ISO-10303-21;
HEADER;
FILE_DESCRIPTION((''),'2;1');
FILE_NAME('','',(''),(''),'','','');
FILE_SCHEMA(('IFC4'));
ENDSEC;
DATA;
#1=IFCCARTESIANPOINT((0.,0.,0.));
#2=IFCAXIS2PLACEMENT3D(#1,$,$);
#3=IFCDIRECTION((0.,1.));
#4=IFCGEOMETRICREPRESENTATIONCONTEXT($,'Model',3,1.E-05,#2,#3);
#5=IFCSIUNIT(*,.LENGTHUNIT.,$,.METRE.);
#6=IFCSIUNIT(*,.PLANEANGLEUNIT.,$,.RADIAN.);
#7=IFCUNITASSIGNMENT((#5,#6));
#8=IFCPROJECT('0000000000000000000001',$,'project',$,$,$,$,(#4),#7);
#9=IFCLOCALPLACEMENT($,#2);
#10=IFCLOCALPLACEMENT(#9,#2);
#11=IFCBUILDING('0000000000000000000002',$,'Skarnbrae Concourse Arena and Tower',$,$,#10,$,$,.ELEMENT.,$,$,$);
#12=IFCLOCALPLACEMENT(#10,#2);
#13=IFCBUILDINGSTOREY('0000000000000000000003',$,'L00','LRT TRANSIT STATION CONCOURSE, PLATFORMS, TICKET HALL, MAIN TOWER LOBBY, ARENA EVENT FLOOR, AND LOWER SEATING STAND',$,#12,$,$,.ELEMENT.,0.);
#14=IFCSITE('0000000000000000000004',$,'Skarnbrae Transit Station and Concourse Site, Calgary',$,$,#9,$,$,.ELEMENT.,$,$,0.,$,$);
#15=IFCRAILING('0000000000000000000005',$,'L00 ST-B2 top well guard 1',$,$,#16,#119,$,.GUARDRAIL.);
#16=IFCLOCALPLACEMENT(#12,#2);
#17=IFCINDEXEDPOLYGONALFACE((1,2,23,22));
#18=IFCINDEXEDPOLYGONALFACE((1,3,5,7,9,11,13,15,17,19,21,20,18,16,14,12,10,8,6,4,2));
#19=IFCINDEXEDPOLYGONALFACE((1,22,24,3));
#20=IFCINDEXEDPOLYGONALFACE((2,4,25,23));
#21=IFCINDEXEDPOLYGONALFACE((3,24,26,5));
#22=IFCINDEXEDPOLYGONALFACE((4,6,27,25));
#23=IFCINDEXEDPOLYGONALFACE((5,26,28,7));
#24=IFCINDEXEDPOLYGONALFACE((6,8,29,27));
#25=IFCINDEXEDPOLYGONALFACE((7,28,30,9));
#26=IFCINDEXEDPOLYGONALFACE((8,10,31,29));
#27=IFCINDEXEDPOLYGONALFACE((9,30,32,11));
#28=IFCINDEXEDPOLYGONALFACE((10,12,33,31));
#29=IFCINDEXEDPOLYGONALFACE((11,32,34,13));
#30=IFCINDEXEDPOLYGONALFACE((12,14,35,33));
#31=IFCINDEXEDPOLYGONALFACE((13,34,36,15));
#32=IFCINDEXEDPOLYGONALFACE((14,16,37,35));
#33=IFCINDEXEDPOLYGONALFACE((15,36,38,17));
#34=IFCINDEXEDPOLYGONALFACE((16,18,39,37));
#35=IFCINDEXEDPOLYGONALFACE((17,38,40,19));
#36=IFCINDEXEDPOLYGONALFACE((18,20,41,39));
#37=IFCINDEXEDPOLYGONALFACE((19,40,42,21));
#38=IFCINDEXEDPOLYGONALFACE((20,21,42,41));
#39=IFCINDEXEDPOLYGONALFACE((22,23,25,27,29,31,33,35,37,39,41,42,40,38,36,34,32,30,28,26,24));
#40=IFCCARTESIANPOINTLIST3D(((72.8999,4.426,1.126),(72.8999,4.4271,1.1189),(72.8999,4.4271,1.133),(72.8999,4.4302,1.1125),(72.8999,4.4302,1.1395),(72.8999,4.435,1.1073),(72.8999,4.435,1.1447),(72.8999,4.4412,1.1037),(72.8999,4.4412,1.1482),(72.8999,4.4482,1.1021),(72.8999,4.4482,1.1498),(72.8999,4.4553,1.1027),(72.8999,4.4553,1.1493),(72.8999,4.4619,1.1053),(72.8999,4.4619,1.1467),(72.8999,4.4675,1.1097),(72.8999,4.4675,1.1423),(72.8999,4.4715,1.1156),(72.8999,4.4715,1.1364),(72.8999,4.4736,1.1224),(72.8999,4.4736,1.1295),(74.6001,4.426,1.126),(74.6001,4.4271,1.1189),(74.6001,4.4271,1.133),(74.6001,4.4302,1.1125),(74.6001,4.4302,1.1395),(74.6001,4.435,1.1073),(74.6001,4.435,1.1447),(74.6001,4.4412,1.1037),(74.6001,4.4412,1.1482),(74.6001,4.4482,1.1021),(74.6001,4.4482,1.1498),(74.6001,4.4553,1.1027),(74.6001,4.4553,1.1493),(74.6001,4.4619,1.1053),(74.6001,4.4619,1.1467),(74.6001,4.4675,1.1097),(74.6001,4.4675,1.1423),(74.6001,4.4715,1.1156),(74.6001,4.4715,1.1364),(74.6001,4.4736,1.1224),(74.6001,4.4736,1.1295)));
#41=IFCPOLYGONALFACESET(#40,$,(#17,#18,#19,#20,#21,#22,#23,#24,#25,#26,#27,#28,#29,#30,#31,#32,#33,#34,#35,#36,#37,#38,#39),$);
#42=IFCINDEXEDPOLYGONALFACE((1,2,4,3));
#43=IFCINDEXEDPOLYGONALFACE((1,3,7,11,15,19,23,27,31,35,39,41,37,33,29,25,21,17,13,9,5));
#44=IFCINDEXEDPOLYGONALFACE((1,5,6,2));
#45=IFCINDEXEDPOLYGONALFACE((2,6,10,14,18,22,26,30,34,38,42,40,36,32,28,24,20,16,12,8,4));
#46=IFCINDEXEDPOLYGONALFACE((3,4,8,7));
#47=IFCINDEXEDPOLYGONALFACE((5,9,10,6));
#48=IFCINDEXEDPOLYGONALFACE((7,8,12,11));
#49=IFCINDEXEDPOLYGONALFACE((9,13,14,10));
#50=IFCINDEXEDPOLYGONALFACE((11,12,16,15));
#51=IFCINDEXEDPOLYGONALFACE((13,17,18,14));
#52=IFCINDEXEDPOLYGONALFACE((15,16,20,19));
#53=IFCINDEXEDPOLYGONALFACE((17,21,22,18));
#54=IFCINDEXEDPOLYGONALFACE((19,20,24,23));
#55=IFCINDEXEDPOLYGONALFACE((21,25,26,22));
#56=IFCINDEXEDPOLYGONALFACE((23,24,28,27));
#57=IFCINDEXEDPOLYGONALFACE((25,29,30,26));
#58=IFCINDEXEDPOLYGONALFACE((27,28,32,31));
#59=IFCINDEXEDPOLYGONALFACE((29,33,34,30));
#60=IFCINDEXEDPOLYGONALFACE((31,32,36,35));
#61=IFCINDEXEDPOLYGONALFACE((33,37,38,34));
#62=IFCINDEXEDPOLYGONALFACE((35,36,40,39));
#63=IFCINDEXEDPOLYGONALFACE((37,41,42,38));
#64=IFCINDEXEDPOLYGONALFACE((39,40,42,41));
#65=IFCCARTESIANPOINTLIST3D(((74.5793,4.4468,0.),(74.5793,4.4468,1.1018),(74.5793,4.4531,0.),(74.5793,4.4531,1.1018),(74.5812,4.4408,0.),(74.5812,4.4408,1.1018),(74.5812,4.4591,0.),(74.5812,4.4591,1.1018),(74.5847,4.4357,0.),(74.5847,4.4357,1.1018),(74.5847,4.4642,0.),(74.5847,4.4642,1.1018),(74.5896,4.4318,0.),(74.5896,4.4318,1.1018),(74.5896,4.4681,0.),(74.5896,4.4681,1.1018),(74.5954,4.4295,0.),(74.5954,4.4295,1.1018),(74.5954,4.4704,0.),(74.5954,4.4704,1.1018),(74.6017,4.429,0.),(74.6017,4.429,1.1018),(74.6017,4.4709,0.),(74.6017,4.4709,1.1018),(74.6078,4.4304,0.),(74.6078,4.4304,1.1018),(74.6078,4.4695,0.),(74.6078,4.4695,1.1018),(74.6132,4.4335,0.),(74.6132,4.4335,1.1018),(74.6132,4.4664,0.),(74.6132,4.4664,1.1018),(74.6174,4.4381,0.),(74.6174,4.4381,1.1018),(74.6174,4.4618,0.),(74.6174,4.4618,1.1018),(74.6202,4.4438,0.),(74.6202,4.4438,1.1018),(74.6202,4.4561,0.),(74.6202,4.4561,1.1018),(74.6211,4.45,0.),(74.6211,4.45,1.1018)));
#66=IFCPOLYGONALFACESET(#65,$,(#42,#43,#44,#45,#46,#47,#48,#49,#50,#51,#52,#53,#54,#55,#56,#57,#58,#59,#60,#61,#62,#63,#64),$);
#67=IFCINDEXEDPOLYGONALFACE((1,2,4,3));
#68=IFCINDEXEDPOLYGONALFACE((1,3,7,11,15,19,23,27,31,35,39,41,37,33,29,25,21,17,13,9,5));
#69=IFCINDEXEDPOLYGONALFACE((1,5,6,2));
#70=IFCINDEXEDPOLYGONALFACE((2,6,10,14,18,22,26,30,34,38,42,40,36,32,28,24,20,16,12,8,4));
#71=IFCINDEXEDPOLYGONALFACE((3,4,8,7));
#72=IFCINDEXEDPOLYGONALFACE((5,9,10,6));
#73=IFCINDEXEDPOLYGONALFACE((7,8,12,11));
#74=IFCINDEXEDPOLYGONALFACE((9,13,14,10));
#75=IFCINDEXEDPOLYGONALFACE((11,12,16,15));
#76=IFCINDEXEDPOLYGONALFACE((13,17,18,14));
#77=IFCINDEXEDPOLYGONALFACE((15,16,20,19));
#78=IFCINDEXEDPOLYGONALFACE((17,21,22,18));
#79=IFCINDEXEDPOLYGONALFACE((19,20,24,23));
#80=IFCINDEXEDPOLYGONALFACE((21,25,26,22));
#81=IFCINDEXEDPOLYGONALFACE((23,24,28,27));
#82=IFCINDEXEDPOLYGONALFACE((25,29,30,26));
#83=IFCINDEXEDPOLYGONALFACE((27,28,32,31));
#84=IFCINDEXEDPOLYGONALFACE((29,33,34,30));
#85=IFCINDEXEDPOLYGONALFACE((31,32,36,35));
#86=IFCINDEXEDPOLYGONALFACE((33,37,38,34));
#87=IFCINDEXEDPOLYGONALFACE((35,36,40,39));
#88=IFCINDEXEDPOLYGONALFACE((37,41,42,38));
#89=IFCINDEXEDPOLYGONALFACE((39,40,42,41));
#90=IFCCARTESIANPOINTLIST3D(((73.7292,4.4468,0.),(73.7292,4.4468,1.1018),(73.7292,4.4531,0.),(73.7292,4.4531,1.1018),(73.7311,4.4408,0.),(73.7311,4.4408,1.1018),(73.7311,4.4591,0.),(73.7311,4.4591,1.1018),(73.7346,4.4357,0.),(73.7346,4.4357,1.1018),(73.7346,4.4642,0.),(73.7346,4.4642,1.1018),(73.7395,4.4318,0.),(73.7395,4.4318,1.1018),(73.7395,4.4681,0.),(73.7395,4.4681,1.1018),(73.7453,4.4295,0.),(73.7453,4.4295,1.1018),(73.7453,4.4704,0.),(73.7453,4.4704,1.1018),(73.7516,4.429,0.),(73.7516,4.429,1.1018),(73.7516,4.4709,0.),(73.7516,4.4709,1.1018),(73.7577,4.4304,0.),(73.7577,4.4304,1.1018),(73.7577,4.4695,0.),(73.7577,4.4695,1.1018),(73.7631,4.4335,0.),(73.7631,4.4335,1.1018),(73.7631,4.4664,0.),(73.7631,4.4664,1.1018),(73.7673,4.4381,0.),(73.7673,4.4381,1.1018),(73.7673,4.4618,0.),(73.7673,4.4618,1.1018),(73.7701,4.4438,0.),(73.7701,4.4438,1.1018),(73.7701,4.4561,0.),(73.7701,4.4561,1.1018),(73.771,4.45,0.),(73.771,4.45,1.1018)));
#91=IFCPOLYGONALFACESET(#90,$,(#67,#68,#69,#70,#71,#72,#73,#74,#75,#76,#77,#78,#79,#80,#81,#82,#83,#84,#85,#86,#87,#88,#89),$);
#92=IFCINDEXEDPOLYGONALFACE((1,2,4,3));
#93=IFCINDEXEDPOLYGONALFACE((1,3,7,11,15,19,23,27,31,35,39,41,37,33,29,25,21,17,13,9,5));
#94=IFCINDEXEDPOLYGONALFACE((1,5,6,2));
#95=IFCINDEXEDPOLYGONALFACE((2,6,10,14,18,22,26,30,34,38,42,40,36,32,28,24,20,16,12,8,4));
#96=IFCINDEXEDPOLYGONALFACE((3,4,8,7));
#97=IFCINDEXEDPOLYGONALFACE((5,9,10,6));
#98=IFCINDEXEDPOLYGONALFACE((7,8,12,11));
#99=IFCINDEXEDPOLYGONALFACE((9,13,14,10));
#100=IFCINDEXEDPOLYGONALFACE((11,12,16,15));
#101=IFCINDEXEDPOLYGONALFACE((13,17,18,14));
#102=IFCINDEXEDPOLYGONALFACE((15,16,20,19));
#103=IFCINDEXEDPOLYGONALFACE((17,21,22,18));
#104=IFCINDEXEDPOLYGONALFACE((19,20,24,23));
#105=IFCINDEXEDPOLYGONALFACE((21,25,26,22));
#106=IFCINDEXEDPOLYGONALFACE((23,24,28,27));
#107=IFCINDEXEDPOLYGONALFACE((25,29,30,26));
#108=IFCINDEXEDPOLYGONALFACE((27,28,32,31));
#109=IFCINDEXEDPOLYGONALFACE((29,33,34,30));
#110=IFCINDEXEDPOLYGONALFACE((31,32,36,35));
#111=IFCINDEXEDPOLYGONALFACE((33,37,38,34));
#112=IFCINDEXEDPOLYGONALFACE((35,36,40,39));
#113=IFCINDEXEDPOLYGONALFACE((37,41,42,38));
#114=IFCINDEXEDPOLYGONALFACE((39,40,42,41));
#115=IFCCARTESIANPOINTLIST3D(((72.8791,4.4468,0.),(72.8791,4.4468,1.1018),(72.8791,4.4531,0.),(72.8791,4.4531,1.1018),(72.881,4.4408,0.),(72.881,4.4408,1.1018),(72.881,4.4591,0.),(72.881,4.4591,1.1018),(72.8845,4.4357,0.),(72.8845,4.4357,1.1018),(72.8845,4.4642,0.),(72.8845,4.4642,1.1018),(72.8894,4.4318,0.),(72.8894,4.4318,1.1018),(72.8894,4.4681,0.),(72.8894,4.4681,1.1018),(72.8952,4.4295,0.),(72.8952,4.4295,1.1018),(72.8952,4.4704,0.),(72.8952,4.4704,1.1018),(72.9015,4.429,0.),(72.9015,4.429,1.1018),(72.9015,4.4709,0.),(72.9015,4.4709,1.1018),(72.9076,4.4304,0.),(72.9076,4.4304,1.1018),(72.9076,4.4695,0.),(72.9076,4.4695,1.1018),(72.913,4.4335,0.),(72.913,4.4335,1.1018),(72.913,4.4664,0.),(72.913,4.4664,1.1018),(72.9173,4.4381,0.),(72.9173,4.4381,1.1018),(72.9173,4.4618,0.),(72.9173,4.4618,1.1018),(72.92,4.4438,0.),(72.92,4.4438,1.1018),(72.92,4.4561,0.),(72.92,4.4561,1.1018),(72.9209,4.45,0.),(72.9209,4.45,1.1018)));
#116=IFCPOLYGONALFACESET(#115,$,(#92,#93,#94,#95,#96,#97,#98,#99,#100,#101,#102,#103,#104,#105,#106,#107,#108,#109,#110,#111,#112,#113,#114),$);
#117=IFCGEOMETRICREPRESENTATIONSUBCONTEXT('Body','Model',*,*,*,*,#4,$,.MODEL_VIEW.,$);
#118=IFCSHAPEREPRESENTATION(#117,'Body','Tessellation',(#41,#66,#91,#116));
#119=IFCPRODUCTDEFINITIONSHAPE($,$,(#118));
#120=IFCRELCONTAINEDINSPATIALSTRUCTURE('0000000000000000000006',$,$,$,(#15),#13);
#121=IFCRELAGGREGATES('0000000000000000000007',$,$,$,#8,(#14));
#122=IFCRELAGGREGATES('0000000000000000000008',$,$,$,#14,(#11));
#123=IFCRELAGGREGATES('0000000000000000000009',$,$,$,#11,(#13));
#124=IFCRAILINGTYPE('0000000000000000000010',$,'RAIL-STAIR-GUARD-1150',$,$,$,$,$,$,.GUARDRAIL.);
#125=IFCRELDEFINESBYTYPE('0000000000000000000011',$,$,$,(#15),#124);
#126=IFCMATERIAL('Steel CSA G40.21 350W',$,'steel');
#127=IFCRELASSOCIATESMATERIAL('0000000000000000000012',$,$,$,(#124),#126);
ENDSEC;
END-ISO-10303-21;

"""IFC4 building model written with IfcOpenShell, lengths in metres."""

from ifc_helpers import new_model, si_unit, direction, frame, origin, origin_2d, place, context, subcontext, project, spatial, circle, extrude, material, type_object, element, save


model = new_model("IFC4")

# Units and contexts
model_context = context("Model", 3, precision=1e-05, world=origin(), true_north=direction((0.0, 1.0)))
body_context = subcontext(model_context, "Body", "Model", "MODEL_VIEW")
ifc_project = project(units=[si_unit("LENGTHUNIT", "METRE"), si_unit("PLANEANGLEUNIT", "RADIAN")], contexts=[model_context])

# Site, building, storey
site_placement = place(None, origin())
site = spatial("IfcSite", under=ifc_project, at=site_placement, Name="Skarnbrae Transit Station and Concourse Site, Calgary", CompositionType="ELEMENT", RefElevation=0.0)
building_placement = place(site_placement, origin())
building = spatial("IfcBuilding", under=site, at=building_placement, Name="Skarnbrae Concourse Arena and Tower", CompositionType="ELEMENT")
storey_placement = place(building_placement, origin())
storey = spatial("IfcBuildingStorey", under=building, at=storey_placement, Name="L00", Description="LRT TRANSIT STATION CONCOURSE, PLATFORMS, TICKET HALL, MAIN TOWER LOBBY, ARENA EVENT FLOOR, AND LOWER SEATING STAND", CompositionType="ELEMENT", Elevation=0.0)

# Shared definitions
ifc_material_1 = material(Name="Steel CSA G40.21 350W", Category="steel")

# Railing
railing_type_1 = type_object("IfcRailingType", Name="RAIL-STAIR-GUARD-1150", PredefinedType="GUARDRAIL", material=ifc_material_1)
for number, where, name in (
    (1, (74.6001, 4.45, 0.0), "L00 ST-B2 top well guard 1"),
):
    element("IfcRailing", number, at=place(storey_placement, frame(where)), inside=storey, type_object=railing_type_1, Name=name, PredefinedType="GUARDRAIL", context=body_context, shape_type="SweptSolid", body=[
        extrude(circle(Radius=0.0239, at=origin_2d()), frame((0.0, 0.0, 1.126), z_axis=(-1.0, 0.0, 0.0), x_axis=(0.0, -1.0, 0.0)), (0.0, 0.0, 1.0), 1.7002),
        extrude(circle(Radius=0.021, at=origin_2d()), origin(), (0.0, 0.0, 1.0), 1.1018),
        extrude(circle(Radius=0.021, at=origin_2d()), frame((-0.8501, 0.0, 0.0)), (0.0, 0.0, 1.0), 1.1018),
        extrude(circle(Radius=0.021, at=origin_2d()), frame((-1.7002, 0.0, 0.0)), (0.0, 0.0, 1.0), 1.1018),
    ])

save(model, "model.ifc")
